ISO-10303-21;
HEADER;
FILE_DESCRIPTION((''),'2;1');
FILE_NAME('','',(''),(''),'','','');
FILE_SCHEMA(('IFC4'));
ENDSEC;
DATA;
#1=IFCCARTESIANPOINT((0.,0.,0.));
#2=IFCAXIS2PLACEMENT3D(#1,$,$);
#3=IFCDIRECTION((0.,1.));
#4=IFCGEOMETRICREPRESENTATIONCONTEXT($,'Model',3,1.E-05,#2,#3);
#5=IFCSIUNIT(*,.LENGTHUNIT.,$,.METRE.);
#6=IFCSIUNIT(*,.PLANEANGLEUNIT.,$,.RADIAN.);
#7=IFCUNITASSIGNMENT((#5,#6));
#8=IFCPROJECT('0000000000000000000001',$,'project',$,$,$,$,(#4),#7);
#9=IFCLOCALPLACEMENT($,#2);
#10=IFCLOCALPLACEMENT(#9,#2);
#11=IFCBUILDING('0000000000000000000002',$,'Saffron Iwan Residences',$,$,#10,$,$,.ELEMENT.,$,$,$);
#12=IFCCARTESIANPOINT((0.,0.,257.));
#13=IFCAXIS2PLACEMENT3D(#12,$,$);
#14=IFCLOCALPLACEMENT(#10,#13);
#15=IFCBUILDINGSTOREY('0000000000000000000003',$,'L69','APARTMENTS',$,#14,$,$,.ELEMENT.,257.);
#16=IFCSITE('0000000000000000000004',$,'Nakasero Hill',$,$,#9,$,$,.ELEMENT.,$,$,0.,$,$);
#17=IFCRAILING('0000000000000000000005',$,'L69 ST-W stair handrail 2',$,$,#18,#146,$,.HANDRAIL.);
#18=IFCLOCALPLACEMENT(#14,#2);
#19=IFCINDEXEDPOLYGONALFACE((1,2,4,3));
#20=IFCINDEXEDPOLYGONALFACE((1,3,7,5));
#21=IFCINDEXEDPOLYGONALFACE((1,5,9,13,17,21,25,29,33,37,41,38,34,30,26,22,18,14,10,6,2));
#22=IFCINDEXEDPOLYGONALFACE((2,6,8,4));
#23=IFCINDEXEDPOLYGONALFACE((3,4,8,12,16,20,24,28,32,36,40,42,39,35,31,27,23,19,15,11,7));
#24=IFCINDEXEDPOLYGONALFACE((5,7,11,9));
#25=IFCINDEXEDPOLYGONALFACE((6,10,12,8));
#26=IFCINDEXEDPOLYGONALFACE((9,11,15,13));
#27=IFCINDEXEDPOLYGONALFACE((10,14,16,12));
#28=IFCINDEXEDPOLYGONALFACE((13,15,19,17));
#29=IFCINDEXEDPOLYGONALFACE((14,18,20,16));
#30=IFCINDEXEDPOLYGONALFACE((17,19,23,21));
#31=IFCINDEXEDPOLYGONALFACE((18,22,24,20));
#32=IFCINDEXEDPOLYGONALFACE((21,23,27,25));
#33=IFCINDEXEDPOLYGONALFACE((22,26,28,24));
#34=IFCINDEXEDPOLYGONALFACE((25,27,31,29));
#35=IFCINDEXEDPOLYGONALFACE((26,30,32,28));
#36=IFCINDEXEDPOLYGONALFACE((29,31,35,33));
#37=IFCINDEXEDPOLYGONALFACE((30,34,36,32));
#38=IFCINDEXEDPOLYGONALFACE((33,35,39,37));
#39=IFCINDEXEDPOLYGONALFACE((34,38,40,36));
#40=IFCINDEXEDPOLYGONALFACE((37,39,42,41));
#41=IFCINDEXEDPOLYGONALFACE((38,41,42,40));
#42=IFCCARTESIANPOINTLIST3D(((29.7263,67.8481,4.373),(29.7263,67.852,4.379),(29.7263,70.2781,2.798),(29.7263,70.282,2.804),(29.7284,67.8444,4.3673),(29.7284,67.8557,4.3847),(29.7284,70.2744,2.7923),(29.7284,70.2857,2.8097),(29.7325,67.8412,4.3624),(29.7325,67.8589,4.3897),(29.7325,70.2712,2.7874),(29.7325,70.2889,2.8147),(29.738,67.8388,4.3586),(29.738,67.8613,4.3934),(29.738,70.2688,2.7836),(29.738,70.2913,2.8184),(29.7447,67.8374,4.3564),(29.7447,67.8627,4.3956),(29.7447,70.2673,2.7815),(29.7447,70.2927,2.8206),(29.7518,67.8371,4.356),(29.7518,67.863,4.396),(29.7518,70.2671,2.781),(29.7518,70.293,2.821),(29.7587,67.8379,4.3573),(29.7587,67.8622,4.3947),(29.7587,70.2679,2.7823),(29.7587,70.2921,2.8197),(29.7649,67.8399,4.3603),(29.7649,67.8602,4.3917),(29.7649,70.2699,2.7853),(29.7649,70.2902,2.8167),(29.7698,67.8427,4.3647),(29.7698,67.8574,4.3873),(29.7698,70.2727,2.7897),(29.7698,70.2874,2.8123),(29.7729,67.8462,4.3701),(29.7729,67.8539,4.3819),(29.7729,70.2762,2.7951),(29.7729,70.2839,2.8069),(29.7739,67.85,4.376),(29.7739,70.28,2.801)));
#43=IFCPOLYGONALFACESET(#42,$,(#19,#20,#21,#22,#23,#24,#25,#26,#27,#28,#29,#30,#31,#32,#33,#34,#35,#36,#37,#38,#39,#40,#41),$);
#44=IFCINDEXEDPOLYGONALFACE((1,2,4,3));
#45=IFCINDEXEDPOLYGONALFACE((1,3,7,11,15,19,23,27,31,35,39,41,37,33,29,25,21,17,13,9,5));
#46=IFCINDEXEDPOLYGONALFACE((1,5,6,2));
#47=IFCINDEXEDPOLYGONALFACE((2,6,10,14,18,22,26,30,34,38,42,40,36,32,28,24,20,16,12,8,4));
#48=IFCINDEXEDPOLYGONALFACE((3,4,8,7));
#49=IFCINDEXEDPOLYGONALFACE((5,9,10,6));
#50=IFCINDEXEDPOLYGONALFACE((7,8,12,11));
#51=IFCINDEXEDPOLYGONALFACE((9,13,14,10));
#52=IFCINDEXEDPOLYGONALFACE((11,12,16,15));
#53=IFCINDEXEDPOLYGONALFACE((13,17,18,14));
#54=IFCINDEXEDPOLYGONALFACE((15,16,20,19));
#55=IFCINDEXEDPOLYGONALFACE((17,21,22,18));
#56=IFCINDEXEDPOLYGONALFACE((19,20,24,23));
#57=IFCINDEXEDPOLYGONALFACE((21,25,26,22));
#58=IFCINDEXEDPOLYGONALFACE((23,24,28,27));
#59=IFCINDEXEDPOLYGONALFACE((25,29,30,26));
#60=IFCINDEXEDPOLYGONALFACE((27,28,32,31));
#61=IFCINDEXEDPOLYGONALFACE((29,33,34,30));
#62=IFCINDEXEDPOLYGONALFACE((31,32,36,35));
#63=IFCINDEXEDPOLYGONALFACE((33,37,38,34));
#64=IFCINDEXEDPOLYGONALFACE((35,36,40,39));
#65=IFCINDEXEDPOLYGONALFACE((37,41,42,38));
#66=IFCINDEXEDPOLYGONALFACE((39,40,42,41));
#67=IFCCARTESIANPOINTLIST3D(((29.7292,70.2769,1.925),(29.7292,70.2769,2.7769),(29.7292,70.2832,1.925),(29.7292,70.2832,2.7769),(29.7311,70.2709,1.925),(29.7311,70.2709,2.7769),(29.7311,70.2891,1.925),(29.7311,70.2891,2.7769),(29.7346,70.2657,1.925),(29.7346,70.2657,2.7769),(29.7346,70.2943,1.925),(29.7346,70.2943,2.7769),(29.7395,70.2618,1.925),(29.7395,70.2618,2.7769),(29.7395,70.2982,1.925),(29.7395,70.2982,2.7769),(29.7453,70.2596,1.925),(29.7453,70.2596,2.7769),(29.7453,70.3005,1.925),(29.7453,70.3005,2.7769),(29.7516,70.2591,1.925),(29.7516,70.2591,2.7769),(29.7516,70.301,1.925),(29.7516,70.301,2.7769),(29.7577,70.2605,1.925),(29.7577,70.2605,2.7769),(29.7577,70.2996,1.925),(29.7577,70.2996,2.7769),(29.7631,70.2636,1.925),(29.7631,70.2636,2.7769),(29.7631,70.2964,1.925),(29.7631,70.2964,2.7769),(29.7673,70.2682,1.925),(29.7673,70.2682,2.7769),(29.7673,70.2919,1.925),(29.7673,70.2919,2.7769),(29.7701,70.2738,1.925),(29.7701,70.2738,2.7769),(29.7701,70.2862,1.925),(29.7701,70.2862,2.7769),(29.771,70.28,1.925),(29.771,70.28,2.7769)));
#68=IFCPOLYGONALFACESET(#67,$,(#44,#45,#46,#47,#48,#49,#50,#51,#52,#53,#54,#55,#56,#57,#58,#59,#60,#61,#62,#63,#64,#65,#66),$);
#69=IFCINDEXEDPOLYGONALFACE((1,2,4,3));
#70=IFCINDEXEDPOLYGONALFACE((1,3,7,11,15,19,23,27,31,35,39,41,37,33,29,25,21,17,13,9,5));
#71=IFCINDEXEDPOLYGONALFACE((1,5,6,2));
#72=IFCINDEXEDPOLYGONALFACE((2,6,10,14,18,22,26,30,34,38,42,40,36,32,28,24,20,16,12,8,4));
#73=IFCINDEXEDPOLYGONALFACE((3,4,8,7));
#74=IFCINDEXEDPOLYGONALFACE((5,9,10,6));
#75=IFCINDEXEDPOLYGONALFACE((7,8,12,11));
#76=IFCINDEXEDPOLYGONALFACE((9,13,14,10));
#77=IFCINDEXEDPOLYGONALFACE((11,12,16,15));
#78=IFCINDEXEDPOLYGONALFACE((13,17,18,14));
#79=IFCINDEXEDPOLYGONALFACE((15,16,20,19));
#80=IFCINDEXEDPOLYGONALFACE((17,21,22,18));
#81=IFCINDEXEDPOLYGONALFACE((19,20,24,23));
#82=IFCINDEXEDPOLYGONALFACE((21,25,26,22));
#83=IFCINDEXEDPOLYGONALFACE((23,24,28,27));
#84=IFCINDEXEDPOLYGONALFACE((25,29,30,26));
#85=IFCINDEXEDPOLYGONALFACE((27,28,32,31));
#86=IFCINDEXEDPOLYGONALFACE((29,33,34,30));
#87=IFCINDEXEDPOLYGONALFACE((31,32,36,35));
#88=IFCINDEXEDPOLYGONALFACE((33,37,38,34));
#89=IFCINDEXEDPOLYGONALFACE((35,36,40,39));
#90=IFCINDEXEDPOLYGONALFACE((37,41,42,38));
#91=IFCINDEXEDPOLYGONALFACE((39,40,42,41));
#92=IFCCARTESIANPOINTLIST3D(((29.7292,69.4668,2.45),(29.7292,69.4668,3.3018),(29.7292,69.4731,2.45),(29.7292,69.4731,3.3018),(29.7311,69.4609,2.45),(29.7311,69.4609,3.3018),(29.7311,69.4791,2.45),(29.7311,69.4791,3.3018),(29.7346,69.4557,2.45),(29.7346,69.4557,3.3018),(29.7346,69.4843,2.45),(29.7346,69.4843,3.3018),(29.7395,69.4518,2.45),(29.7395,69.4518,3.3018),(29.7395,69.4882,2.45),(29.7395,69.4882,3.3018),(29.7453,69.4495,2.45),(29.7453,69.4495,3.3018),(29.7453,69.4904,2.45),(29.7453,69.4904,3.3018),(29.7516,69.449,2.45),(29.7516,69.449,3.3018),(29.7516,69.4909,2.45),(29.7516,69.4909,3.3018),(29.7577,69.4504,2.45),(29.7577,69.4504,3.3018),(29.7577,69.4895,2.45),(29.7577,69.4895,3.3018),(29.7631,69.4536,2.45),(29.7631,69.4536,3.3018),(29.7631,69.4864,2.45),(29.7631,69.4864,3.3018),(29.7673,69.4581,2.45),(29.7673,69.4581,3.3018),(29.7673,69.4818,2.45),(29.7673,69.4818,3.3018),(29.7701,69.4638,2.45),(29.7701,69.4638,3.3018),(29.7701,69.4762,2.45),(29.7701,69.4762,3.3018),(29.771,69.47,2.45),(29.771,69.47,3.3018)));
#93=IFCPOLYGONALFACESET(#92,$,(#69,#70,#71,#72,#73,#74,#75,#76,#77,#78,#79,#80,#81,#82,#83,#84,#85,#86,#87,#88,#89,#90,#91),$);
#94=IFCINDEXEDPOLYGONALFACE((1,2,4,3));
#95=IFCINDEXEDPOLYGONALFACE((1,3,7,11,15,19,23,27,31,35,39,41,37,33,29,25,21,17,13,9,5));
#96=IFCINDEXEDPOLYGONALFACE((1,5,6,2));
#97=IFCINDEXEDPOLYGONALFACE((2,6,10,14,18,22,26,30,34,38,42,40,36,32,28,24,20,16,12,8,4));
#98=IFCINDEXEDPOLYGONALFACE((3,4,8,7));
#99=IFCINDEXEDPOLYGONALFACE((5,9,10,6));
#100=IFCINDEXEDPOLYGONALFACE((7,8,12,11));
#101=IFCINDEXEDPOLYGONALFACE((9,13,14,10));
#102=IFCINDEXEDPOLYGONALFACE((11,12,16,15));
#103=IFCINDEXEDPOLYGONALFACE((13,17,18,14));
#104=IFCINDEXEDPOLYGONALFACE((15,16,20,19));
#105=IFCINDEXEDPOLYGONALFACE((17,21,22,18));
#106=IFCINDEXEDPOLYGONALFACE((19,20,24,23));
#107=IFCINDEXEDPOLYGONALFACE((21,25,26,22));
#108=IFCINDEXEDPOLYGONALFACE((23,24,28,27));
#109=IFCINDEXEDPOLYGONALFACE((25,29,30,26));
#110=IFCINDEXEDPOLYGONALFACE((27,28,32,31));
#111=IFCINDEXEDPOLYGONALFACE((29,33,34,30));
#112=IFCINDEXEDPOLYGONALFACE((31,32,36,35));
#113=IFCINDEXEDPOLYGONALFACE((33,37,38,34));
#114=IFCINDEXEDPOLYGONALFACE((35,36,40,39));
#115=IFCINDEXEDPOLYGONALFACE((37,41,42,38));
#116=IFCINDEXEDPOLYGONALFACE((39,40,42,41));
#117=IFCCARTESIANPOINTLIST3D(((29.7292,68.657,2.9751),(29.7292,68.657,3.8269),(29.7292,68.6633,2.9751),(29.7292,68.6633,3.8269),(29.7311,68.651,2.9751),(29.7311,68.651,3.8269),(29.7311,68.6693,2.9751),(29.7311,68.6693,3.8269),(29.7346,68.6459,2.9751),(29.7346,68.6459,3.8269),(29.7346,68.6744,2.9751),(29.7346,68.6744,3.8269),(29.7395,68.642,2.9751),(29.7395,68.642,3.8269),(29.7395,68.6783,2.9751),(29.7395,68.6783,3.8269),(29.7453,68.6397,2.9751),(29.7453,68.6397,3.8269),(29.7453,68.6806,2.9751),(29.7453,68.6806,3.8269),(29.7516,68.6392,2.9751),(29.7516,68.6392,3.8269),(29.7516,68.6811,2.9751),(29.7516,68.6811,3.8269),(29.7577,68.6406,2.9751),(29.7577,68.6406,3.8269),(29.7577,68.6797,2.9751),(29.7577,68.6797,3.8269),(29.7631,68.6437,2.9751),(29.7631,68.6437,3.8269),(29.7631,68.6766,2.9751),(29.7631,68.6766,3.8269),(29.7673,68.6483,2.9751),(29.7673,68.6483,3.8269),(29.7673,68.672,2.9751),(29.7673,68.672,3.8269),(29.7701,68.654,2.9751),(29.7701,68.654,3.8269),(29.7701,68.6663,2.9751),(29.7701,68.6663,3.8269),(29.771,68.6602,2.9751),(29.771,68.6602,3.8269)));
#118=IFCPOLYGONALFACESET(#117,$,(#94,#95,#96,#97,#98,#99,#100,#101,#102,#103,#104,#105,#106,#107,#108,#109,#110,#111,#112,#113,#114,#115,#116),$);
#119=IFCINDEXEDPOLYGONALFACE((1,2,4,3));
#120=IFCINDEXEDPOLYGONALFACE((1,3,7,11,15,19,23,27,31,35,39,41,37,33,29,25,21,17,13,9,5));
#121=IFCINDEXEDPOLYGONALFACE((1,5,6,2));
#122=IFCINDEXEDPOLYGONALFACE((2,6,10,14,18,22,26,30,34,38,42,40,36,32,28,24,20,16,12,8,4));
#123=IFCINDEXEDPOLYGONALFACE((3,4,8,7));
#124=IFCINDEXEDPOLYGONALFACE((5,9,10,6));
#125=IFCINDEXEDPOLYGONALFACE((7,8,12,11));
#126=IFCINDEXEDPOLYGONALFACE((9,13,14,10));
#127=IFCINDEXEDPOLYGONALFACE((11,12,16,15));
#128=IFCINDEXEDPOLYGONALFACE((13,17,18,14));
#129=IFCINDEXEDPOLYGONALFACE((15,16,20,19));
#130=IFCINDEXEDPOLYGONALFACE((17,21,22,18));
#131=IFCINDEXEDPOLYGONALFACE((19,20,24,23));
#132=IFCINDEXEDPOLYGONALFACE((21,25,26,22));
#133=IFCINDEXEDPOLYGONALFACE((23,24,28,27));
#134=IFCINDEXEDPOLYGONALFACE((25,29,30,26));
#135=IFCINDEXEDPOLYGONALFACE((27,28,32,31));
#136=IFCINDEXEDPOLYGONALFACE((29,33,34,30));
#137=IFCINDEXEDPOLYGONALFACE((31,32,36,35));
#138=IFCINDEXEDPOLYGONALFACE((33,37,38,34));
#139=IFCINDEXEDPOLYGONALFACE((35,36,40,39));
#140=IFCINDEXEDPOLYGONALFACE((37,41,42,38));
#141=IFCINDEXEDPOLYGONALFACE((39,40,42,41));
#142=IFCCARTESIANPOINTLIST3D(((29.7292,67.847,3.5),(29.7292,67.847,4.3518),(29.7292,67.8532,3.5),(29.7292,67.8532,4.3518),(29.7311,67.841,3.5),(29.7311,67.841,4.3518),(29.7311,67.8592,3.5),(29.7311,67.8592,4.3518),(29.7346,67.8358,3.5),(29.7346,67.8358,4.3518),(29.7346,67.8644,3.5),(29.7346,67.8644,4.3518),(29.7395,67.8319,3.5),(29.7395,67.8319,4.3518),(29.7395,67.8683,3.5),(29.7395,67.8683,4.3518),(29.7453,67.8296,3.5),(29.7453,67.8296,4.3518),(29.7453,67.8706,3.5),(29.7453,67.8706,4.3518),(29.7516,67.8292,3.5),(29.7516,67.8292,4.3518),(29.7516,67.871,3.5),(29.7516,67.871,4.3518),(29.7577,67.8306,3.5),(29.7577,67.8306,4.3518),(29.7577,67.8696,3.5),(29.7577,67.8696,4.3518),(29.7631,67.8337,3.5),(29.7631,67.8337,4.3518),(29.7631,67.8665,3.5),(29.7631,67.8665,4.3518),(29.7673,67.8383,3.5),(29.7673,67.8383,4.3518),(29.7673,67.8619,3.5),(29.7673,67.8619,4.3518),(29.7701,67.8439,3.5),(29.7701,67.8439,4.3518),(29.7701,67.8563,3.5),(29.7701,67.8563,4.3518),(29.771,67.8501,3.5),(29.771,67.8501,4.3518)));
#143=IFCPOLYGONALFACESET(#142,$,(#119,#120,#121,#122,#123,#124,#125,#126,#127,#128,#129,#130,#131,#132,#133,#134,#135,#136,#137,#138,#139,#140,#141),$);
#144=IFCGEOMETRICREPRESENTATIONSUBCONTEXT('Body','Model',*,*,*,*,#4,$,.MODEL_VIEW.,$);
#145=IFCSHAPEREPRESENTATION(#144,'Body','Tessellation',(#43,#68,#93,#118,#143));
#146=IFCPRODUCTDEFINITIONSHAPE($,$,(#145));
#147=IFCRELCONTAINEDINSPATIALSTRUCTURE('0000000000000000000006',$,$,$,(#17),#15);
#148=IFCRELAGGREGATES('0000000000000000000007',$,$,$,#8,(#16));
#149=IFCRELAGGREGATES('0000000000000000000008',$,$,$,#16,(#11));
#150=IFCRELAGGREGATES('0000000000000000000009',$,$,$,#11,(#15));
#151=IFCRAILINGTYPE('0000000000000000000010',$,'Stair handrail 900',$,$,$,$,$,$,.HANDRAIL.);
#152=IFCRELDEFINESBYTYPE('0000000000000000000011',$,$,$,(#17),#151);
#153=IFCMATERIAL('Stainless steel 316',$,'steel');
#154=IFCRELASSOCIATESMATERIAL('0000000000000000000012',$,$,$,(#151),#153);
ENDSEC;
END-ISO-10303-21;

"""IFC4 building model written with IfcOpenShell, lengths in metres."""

from ifc_helpers import new_model, si_unit, direction, frame, origin, origin_2d, place, context, subcontext, project, spatial, circle, extrude, material, type_object, element, save


model = new_model("IFC4")

# Units and contexts
model_context = context("Model", 3, precision=1e-05, world=origin(), true_north=direction((0.0, 1.0)))
body_context = subcontext(model_context, "Body", "Model", "MODEL_VIEW")
ifc_project = project(units=[si_unit("LENGTHUNIT", "METRE"), si_unit("PLANEANGLEUNIT", "RADIAN")], contexts=[model_context])

# Site, building, storey
site_placement = place(None, origin())
site = spatial("IfcSite", under=ifc_project, at=site_placement, Name="Nakasero Hill", CompositionType="ELEMENT", RefElevation=0.0)
building_placement = place(site_placement, origin())
building = spatial("IfcBuilding", under=site, at=building_placement, Name="Saffron Iwan Residences", CompositionType="ELEMENT")
storey_placement = place(building_placement, frame((0.0, 0.0, 257.0)))
storey = spatial("IfcBuildingStorey", under=building, at=storey_placement, Name="L69", Description="APARTMENTS", CompositionType="ELEMENT", Elevation=257.0)

# Railing
ifc_material_1 = material(Name="Stainless steel 316", Category="steel")
railing_type_1 = type_object("IfcRailingType", Name="Stair handrail 900", PredefinedType="HANDRAIL", material=ifc_material_1)
railing_1_placement = place(storey_placement, frame((29.75, 70.28, 1.925)))
element("IfcRailing", 1, at=railing_1_placement, inside=storey, type_object=railing_type_1, Name="L69 ST-W stair handrail 2", PredefinedType="HANDRAIL", context=body_context, shape_type="SweptSolid", body=[
    extrude(circle(Radius=0.0239, at=origin_2d()), frame((0.0, 0.0, 0.876), z_axis=(0.0, -0.839154, 0.543894), x_axis=(1.0, 0.0, 0.0)), (0.0, 0.0, 1.0), 2.8958),
    extrude(circle(Radius=0.021, at=origin_2d()), origin(), (0.0, 0.0, 1.0), 0.8518),
    extrude(circle(Radius=0.021, at=origin_2d()), frame((0.0, -0.8101, 0.5249)), (0.0, 0.0, 1.0), 0.8518),
    extrude(circle(Radius=0.021, at=origin_2d()), frame((0.0, -1.6199, 1.05)), (0.0, 0.0, 1.0), 0.8518),
    extrude(circle(Radius=0.021, at=origin_2d()), frame((0.0, -2.4299, 1.575)), (0.0, 0.0, 1.0), 0.8518),
])

save(model, "model.ifc")
